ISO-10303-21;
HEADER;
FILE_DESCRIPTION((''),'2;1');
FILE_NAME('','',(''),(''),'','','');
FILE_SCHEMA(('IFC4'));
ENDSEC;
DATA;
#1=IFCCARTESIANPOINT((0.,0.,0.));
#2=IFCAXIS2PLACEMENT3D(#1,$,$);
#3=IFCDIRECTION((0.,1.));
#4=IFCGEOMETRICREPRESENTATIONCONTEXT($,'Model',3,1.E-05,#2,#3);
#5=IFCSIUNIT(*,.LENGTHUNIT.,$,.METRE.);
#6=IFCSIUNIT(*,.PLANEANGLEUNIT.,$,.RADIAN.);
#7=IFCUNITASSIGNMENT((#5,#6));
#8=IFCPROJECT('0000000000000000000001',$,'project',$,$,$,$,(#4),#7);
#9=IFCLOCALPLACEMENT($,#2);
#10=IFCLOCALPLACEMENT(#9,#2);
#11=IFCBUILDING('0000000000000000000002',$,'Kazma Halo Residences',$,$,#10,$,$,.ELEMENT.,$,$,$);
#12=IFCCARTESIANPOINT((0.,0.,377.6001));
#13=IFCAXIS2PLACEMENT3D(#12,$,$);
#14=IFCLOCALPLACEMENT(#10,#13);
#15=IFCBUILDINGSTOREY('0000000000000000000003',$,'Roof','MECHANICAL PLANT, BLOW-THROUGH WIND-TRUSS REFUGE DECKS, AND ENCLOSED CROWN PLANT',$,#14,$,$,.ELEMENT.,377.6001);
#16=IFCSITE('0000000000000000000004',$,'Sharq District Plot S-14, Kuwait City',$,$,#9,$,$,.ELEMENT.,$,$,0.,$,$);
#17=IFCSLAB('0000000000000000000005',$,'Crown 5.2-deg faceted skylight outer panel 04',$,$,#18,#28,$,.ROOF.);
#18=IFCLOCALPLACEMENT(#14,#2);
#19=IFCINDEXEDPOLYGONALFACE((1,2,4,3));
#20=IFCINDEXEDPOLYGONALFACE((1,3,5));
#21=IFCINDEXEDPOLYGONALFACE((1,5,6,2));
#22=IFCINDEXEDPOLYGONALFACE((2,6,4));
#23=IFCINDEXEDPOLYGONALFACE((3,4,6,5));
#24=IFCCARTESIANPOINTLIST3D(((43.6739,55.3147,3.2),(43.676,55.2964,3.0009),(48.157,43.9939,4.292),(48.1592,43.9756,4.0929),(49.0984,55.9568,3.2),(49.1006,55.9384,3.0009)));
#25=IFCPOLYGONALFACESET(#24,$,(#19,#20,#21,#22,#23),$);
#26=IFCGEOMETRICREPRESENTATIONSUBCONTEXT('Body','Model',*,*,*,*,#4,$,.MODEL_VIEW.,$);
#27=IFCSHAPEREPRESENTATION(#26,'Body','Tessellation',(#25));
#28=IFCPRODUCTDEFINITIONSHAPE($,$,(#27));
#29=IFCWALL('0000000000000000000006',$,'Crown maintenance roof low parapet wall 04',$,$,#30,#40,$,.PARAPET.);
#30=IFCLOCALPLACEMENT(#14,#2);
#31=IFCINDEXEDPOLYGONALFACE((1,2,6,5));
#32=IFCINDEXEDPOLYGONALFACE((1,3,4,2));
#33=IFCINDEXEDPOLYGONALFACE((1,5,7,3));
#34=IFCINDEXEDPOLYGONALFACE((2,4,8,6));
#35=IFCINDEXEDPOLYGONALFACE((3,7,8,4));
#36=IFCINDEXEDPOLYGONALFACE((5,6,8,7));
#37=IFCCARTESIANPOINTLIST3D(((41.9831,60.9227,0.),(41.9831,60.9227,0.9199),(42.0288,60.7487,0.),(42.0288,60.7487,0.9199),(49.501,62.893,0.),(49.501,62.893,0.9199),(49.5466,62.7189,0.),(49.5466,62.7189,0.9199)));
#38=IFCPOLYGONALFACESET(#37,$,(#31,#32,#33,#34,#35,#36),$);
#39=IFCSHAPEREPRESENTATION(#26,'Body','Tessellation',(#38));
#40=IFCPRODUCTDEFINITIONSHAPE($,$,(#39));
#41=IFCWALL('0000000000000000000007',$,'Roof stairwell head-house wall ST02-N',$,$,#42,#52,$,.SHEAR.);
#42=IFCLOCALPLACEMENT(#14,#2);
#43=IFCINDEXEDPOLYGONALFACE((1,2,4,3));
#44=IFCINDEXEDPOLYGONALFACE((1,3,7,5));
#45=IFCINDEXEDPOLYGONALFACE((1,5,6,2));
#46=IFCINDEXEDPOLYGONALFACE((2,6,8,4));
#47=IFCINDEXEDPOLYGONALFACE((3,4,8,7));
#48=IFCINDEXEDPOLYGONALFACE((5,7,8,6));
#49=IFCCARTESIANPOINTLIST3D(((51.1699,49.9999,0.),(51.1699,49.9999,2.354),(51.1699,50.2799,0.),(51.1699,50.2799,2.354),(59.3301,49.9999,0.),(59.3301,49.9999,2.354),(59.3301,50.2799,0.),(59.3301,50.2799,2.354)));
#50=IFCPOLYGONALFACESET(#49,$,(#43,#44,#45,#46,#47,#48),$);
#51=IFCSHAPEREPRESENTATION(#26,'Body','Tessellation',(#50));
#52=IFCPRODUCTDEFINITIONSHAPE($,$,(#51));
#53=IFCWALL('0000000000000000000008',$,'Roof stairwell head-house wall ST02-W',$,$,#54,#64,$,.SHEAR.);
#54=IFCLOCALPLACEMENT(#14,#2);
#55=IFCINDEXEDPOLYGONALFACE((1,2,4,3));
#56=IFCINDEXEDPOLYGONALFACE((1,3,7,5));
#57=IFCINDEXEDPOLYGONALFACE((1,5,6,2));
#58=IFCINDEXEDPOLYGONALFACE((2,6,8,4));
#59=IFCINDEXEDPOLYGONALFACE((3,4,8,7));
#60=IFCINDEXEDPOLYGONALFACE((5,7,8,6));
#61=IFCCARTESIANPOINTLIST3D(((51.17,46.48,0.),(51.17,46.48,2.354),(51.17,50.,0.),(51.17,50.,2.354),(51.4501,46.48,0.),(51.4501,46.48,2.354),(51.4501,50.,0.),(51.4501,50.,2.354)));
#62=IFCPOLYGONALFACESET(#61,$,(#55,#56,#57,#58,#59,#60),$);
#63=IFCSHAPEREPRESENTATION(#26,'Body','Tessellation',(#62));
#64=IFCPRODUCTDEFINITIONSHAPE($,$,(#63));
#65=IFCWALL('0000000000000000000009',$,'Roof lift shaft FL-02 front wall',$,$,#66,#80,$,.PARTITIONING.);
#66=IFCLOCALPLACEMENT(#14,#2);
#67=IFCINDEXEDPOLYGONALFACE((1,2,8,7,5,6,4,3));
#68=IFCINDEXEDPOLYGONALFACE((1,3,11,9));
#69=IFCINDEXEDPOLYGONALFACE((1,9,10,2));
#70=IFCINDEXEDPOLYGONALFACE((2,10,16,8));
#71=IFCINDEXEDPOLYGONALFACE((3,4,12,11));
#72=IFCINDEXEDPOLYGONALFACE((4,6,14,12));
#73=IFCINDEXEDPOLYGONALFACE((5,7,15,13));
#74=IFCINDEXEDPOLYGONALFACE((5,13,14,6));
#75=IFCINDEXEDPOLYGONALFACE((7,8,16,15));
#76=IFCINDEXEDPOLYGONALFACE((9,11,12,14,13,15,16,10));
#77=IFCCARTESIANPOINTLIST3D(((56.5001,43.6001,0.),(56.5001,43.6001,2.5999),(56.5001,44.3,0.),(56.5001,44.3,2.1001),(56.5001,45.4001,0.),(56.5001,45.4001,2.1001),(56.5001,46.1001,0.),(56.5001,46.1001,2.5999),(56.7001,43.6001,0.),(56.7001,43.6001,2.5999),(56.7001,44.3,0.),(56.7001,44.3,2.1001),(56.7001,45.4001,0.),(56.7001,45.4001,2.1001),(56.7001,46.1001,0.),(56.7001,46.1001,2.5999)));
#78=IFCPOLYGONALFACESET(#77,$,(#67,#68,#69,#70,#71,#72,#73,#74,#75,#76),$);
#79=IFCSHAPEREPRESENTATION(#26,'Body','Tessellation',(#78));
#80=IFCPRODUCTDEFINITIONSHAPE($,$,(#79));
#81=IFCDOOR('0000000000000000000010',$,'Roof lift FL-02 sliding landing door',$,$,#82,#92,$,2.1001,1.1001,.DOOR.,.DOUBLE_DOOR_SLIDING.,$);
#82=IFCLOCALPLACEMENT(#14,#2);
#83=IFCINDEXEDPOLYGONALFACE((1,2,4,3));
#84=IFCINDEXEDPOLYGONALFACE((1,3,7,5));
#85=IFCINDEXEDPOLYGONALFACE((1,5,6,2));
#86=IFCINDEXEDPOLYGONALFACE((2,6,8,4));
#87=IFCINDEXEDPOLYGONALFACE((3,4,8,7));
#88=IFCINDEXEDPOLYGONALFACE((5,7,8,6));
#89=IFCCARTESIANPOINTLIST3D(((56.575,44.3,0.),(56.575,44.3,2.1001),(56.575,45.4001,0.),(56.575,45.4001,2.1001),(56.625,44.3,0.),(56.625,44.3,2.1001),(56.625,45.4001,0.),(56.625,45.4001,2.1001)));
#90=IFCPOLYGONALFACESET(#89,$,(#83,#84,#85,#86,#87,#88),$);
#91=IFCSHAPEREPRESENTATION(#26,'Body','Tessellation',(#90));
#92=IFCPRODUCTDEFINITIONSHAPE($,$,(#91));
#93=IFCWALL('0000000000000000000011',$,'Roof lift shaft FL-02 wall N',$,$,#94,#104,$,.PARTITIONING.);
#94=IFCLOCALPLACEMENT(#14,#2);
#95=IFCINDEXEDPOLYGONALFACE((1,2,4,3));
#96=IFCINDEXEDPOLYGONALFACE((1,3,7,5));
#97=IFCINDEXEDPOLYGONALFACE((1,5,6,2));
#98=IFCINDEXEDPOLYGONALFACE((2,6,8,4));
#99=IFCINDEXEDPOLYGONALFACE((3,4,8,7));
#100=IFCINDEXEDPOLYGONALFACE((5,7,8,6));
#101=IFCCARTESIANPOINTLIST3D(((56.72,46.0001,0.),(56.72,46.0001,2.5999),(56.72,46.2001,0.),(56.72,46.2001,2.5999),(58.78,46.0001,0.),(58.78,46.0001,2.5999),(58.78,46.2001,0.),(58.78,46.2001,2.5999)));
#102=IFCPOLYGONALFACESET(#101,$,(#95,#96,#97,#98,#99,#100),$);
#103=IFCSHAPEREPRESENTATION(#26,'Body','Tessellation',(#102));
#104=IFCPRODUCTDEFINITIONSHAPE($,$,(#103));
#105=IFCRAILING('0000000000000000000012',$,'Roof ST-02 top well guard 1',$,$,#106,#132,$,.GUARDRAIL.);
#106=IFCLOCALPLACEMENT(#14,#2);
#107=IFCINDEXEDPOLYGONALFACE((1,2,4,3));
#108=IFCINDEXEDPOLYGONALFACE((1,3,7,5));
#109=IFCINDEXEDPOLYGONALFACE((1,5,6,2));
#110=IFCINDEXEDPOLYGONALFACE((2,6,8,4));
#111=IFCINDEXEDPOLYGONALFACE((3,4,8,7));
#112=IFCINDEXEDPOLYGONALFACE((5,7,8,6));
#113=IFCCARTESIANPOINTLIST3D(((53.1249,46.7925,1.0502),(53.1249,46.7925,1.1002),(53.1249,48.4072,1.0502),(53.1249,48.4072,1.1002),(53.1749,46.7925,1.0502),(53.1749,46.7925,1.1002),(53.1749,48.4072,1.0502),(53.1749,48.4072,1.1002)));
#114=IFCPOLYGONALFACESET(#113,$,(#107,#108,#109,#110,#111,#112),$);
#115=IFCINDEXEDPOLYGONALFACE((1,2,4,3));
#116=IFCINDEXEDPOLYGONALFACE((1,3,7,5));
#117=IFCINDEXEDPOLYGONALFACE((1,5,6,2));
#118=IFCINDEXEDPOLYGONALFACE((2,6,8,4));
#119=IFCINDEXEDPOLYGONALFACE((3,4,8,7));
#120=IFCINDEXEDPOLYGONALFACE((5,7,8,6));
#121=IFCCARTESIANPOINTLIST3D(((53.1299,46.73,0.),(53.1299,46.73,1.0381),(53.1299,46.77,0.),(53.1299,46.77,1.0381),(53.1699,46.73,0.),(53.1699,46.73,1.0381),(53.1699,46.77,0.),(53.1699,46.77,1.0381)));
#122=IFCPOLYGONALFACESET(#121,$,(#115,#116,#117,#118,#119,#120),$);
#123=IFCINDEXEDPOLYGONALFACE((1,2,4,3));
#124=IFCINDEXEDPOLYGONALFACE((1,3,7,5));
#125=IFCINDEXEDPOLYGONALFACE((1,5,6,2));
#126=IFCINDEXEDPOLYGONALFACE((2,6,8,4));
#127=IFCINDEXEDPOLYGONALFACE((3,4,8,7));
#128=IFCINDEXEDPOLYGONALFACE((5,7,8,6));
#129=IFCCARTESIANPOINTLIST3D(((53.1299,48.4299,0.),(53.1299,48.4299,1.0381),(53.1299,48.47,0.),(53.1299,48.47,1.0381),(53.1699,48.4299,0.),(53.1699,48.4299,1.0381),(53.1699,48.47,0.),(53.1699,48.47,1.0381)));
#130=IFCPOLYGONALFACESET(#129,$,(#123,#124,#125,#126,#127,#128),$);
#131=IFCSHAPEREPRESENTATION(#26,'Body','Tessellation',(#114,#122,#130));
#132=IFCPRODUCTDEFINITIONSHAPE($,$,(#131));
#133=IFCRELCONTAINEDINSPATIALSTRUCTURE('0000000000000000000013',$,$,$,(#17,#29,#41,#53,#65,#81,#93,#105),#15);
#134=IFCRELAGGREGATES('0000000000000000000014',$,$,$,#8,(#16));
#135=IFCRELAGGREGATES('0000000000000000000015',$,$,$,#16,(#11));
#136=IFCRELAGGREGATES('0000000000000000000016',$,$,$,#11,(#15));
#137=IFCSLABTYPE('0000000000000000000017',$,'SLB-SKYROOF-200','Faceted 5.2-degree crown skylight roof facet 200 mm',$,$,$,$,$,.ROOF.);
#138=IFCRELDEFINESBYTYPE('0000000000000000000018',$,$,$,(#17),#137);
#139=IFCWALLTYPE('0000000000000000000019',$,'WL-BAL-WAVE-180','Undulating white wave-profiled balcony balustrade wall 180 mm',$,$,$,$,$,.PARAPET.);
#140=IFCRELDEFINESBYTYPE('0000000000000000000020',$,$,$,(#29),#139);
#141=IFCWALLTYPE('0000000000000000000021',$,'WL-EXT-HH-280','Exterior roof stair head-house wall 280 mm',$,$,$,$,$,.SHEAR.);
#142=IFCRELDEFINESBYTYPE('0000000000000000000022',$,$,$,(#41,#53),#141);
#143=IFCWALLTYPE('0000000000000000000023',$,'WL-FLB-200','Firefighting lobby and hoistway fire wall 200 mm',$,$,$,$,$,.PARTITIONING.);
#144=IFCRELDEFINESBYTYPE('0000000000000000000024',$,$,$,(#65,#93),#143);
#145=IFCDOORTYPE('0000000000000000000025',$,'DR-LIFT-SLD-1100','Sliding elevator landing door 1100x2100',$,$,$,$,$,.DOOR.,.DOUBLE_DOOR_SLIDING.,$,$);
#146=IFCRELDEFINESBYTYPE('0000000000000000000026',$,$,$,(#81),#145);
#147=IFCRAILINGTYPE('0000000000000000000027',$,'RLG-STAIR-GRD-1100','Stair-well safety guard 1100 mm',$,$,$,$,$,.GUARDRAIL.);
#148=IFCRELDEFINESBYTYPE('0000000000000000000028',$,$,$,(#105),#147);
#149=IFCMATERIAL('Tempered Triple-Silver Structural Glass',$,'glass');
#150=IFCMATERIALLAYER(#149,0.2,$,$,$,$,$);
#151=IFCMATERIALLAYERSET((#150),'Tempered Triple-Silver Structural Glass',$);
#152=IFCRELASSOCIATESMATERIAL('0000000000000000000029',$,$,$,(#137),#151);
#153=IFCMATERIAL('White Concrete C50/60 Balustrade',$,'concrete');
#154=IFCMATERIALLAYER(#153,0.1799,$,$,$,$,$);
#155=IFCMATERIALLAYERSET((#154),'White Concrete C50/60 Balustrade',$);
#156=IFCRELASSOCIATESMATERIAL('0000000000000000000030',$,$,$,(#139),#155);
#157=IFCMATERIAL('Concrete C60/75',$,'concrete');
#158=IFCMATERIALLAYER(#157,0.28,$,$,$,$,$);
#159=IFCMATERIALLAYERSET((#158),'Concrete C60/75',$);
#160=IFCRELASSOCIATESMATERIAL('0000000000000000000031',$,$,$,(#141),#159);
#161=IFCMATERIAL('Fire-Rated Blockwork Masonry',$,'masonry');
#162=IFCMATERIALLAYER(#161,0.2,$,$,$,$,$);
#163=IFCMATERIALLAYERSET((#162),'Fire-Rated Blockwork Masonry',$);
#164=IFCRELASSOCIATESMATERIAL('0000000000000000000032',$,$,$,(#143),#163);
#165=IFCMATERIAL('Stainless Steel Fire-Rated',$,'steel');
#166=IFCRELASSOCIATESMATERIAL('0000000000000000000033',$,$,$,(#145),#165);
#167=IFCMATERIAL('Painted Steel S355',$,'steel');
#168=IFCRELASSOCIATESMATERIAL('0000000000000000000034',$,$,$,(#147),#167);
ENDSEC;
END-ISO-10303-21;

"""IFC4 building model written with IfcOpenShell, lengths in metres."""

from ifc_helpers import new_model, si_unit, direction, frame, frame_2d, origin, origin_2d, place, context, subcontext, project, spatial, polyline, rectangle, outline, extrude, material, layer, layer_set, type_object, element, fill, save


model = new_model("IFC4")

# Units and contexts
model_context = context("Model", 3, precision=1e-05, world=origin(), true_north=direction((0.0, 1.0)))
body_context = subcontext(model_context, "Body", "Model", "MODEL_VIEW")
ifc_project = project(units=[si_unit("LENGTHUNIT", "METRE"), si_unit("PLANEANGLEUNIT", "RADIAN")], contexts=[model_context])

# Site, building, storey
site_placement = place(None, origin())
site = spatial("IfcSite", under=ifc_project, at=site_placement, Name="Sharq District Plot S-14, Kuwait City", CompositionType="ELEMENT", RefElevation=0.0)
building_placement = place(site_placement, origin())
building = spatial("IfcBuilding", under=site, at=building_placement, Name="Kazma Halo Residences", CompositionType="ELEMENT")
storey_placement = place(building_placement, frame((0.0, 0.0, 377.6001)))
storey = spatial("IfcBuildingStorey", under=building, at=storey_placement, Name="Roof", Description="MECHANICAL PLANT, BLOW-THROUGH WIND-TRUSS REFUGE DECKS, AND ENCLOSED CROWN PLANT", CompositionType="ELEMENT", Elevation=377.6001)

# Slab
ifc_material_1 = material(Name="Tempered Triple-Silver Structural Glass", Category="glass")
ifc_layer_1 = layer(ifc_material_1, 0.2)
ifc_layer_set_1 = layer_set([ifc_layer_1], Name="Tempered Triple-Silver Structural Glass")
slab_type = type_object("IfcSlabType", Name="SLB-SKYROOF-200", Description="Faceted 5.2-degree crown skylight roof facet 200 mm", PredefinedType="ROOF", material=ifc_layer_set_1)
slab_1_placement = place(storey_placement, frame((49.0984, 55.9568, 3.2), z_axis=(-0.01086, 0.09175, 0.995723), x_axis=(-0.993067, -0.117547, 0.0)))
element("IfcSlab", 1, at=slab_1_placement, inside=storey, type_object=slab_type, Name="Crown 5.2-deg faceted skylight outer panel 04", PredefinedType="ROOF", context=body_context, shape_type="SweptSolid", body=[
    extrude(outline(polyline([(0.0, 0.0), (5.4624, 0.0), (2.3411, 11.8198), (0.0, 0.0)])), origin(), (0.0, 0.0, -1.0), 0.2),
])

# Wall
ifc_material_2 = material(Name="White Concrete C50/60 Balustrade", Category="concrete")
ifc_layer_2 = layer(ifc_material_2, 0.1799)
ifc_layer_set_2 = layer_set([ifc_layer_2], Name="White Concrete C50/60 Balustrade")
wall_type_1 = type_object("IfcWallType", Name="WL-BAL-WAVE-180", Description="Undulating white wave-profiled balcony balustrade wall 180 mm", PredefinedType="PARAPET", material=ifc_layer_set_2)
wall_1_placement = place(storey_placement, frame((49.5237, 62.8059, 0.0), z_axis=(0.0, 0.0, 1.0), x_axis=(-0.967332, -0.253511, 0.0)))
element("IfcWall", 2, at=wall_1_placement, inside=storey, type_object=wall_type_1, Name="Crown maintenance roof low parapet wall 04", PredefinedType="PARAPET", context=body_context, shape_type="SweptSolid", body=[
    extrude(rectangle(XDim=7.7717, YDim=0.1799, at=frame_2d((3.8857, 0.0))), origin(), (0.0, 0.0, 1.0), 0.9199),
])

# Walls
ifc_material_3 = material(Name="Concrete C60/75", Category="concrete")
ifc_layer_3 = layer(ifc_material_3, 0.28)
ifc_layer_set_3 = layer_set([ifc_layer_3], Name="Concrete C60/75")
wall_type_2 = type_object("IfcWallType", Name="WL-EXT-HH-280", Description="Exterior roof stair head-house wall 280 mm", PredefinedType="SHEAR", material=ifc_layer_set_3)
wall_2_placement = place(storey_placement, frame((51.1699, 50.1399, 0.0), z_axis=(0.0, 0.0, 1.0), x_axis=(1.0, 0.0, 0.0)))
element("IfcWall", 3, at=wall_2_placement, inside=storey, type_object=wall_type_2, Name="Roof stairwell head-house wall ST02-N", PredefinedType="SHEAR", context=body_context, shape_type="SweptSolid", body=[
    extrude(rectangle(XDim=8.1602, YDim=0.28, at=frame_2d((4.0801, 0.0))), origin(), (0.0, 0.0, 1.0), 2.354),
])
wall_3_placement = place(storey_placement, frame((51.3101, 46.48, 0.0), z_axis=(0.0, 0.0, 1.0), x_axis=(0.0, 1.0, 0.0)))
element("IfcWall", 4, at=wall_3_placement, inside=storey, type_object=wall_type_2, Name="Roof stairwell head-house wall ST02-W", PredefinedType="SHEAR", context=body_context, shape_type="SweptSolid", body=[
    extrude(rectangle(XDim=3.52, YDim=0.28, at=frame_2d((1.76, 0.0))), origin(), (0.0, 0.0, 1.0), 2.354),
])

# Wall, opening, door
ifc_material_4 = material(Name="Fire-Rated Blockwork Masonry", Category="masonry")
ifc_layer_4 = layer(ifc_material_4, 0.2)
ifc_layer_set_4 = layer_set([ifc_layer_4], Name="Fire-Rated Blockwork Masonry")
wall_type_3 = type_object("IfcWallType", Name="WL-FLB-200", Description="Firefighting lobby and hoistway fire wall 200 mm", PredefinedType="PARTITIONING", material=ifc_layer_set_4)
wall_4_placement = place(storey_placement, frame((56.6001, 46.1001, 0.0), z_axis=(0.0, 0.0, 1.0), x_axis=(0.0, -1.0, 0.0)))
wall_4 = element("IfcWall", 5, at=wall_4_placement, inside=storey, type_object=wall_type_3, Name="Roof lift shaft FL-02 front wall", PredefinedType="PARTITIONING", context=body_context, shape_type="SweptSolid", body=[
    extrude(rectangle(XDim=2.5, YDim=0.2, at=frame_2d((1.25, 0.0))), origin(), (0.0, 0.0, 1.0), 2.5999),
])
opening_1_placement = place(wall_4_placement, frame((0.7, 0.0, 0.0)))
opening_1 = element("IfcOpeningElement", 6, at=opening_1_placement, cuts=wall_4, PredefinedType="OPENING", context=body_context, shape_type="SweptSolid", body=[
    extrude(rectangle(XDim=1.1001, YDim=2.1001, at=frame_2d((0.55, 1.05))), frame((0.0, 0.1099, 0.0), z_axis=(0.0, -1.0, 0.0), x_axis=(1.0, 0.0, 0.0)), (0.0, 0.0, 1.0), 0.22),
])
ifc_material_5 = material(Name="Stainless Steel Fire-Rated", Category="steel")
door_type_1 = type_object("IfcDoorType", Name="DR-LIFT-SLD-1100", Description="Sliding elevator landing door 1100x2100", OperationType="DOUBLE_DOOR_SLIDING", PredefinedType="DOOR", material=ifc_material_5)
door_1_placement = place(opening_1_placement, origin())
door_1 = element("IfcDoor", 7, at=door_1_placement, inside=storey, type_object=door_type_1, Name="Roof lift FL-02 sliding landing door", OperationType="DOUBLE_DOOR_SLIDING", OverallHeight=2.1001, OverallWidth=1.1001, PredefinedType="DOOR", context=body_context, shape_type="SweptSolid", body=[
    extrude(rectangle(XDim=1.1001, YDim=2.1001, at=frame_2d((0.55, 1.05))), frame((0.0, 0.0249, 0.0), z_axis=(0.0, -1.0, 0.0), x_axis=(1.0, 0.0, 0.0)), (0.0, 0.0, 1.0), 0.05),
])
fill(opening_1, door_1)

# Wall
wall_5_placement = place(storey_placement, frame((56.72, 46.1001, 0.0), z_axis=(0.0, 0.0, 1.0), x_axis=(1.0, 0.0, 0.0)))
element("IfcWall", 8, at=wall_5_placement, inside=storey, type_object=wall_type_3, Name="Roof lift shaft FL-02 wall N", PredefinedType="PARTITIONING", context=body_context, shape_type="SweptSolid", body=[
    extrude(rectangle(XDim=2.0601, YDim=0.2, at=frame_2d((1.03, 0.0))), origin(), (0.0, 0.0, 1.0), 2.5999),
])

# Railing
ifc_material_6 = material(Name="Painted Steel S355", Category="steel")
railing_type = type_object("IfcRailingType", Name="RLG-STAIR-GRD-1100", Description="Stair-well safety guard 1100 mm", PredefinedType="GUARDRAIL", material=ifc_material_6)
railing_placement = place(storey_placement, frame((53.1499, 46.75, 0.0)))
element("IfcRailing", 9, at=railing_placement, inside=storey, type_object=railing_type, Name="Roof ST-02 top well guard 1", PredefinedType="GUARDRAIL", context=body_context, shape_type="SweptSolid", body=[
    extrude(rectangle(XDim=0.05, YDim=0.05, at=origin_2d()), frame((0.0, 0.0425, 1.0752), z_axis=(0.0, 1.0, 0.0), x_axis=(-1.0, 0.0, 0.0)), (0.0, 0.0, 1.0), 1.6147),
    extrude(rectangle(XDim=0.04, YDim=0.04, at=origin_2d()), origin(), (0.0, 0.0, 1.0), 1.0381),
    extrude(rectangle(XDim=0.04, YDim=0.04, at=origin_2d()), frame((0.0, 1.7, 0.0)), (0.0, 0.0, 1.0), 1.0381),
])

save(model, "model.ifc")
